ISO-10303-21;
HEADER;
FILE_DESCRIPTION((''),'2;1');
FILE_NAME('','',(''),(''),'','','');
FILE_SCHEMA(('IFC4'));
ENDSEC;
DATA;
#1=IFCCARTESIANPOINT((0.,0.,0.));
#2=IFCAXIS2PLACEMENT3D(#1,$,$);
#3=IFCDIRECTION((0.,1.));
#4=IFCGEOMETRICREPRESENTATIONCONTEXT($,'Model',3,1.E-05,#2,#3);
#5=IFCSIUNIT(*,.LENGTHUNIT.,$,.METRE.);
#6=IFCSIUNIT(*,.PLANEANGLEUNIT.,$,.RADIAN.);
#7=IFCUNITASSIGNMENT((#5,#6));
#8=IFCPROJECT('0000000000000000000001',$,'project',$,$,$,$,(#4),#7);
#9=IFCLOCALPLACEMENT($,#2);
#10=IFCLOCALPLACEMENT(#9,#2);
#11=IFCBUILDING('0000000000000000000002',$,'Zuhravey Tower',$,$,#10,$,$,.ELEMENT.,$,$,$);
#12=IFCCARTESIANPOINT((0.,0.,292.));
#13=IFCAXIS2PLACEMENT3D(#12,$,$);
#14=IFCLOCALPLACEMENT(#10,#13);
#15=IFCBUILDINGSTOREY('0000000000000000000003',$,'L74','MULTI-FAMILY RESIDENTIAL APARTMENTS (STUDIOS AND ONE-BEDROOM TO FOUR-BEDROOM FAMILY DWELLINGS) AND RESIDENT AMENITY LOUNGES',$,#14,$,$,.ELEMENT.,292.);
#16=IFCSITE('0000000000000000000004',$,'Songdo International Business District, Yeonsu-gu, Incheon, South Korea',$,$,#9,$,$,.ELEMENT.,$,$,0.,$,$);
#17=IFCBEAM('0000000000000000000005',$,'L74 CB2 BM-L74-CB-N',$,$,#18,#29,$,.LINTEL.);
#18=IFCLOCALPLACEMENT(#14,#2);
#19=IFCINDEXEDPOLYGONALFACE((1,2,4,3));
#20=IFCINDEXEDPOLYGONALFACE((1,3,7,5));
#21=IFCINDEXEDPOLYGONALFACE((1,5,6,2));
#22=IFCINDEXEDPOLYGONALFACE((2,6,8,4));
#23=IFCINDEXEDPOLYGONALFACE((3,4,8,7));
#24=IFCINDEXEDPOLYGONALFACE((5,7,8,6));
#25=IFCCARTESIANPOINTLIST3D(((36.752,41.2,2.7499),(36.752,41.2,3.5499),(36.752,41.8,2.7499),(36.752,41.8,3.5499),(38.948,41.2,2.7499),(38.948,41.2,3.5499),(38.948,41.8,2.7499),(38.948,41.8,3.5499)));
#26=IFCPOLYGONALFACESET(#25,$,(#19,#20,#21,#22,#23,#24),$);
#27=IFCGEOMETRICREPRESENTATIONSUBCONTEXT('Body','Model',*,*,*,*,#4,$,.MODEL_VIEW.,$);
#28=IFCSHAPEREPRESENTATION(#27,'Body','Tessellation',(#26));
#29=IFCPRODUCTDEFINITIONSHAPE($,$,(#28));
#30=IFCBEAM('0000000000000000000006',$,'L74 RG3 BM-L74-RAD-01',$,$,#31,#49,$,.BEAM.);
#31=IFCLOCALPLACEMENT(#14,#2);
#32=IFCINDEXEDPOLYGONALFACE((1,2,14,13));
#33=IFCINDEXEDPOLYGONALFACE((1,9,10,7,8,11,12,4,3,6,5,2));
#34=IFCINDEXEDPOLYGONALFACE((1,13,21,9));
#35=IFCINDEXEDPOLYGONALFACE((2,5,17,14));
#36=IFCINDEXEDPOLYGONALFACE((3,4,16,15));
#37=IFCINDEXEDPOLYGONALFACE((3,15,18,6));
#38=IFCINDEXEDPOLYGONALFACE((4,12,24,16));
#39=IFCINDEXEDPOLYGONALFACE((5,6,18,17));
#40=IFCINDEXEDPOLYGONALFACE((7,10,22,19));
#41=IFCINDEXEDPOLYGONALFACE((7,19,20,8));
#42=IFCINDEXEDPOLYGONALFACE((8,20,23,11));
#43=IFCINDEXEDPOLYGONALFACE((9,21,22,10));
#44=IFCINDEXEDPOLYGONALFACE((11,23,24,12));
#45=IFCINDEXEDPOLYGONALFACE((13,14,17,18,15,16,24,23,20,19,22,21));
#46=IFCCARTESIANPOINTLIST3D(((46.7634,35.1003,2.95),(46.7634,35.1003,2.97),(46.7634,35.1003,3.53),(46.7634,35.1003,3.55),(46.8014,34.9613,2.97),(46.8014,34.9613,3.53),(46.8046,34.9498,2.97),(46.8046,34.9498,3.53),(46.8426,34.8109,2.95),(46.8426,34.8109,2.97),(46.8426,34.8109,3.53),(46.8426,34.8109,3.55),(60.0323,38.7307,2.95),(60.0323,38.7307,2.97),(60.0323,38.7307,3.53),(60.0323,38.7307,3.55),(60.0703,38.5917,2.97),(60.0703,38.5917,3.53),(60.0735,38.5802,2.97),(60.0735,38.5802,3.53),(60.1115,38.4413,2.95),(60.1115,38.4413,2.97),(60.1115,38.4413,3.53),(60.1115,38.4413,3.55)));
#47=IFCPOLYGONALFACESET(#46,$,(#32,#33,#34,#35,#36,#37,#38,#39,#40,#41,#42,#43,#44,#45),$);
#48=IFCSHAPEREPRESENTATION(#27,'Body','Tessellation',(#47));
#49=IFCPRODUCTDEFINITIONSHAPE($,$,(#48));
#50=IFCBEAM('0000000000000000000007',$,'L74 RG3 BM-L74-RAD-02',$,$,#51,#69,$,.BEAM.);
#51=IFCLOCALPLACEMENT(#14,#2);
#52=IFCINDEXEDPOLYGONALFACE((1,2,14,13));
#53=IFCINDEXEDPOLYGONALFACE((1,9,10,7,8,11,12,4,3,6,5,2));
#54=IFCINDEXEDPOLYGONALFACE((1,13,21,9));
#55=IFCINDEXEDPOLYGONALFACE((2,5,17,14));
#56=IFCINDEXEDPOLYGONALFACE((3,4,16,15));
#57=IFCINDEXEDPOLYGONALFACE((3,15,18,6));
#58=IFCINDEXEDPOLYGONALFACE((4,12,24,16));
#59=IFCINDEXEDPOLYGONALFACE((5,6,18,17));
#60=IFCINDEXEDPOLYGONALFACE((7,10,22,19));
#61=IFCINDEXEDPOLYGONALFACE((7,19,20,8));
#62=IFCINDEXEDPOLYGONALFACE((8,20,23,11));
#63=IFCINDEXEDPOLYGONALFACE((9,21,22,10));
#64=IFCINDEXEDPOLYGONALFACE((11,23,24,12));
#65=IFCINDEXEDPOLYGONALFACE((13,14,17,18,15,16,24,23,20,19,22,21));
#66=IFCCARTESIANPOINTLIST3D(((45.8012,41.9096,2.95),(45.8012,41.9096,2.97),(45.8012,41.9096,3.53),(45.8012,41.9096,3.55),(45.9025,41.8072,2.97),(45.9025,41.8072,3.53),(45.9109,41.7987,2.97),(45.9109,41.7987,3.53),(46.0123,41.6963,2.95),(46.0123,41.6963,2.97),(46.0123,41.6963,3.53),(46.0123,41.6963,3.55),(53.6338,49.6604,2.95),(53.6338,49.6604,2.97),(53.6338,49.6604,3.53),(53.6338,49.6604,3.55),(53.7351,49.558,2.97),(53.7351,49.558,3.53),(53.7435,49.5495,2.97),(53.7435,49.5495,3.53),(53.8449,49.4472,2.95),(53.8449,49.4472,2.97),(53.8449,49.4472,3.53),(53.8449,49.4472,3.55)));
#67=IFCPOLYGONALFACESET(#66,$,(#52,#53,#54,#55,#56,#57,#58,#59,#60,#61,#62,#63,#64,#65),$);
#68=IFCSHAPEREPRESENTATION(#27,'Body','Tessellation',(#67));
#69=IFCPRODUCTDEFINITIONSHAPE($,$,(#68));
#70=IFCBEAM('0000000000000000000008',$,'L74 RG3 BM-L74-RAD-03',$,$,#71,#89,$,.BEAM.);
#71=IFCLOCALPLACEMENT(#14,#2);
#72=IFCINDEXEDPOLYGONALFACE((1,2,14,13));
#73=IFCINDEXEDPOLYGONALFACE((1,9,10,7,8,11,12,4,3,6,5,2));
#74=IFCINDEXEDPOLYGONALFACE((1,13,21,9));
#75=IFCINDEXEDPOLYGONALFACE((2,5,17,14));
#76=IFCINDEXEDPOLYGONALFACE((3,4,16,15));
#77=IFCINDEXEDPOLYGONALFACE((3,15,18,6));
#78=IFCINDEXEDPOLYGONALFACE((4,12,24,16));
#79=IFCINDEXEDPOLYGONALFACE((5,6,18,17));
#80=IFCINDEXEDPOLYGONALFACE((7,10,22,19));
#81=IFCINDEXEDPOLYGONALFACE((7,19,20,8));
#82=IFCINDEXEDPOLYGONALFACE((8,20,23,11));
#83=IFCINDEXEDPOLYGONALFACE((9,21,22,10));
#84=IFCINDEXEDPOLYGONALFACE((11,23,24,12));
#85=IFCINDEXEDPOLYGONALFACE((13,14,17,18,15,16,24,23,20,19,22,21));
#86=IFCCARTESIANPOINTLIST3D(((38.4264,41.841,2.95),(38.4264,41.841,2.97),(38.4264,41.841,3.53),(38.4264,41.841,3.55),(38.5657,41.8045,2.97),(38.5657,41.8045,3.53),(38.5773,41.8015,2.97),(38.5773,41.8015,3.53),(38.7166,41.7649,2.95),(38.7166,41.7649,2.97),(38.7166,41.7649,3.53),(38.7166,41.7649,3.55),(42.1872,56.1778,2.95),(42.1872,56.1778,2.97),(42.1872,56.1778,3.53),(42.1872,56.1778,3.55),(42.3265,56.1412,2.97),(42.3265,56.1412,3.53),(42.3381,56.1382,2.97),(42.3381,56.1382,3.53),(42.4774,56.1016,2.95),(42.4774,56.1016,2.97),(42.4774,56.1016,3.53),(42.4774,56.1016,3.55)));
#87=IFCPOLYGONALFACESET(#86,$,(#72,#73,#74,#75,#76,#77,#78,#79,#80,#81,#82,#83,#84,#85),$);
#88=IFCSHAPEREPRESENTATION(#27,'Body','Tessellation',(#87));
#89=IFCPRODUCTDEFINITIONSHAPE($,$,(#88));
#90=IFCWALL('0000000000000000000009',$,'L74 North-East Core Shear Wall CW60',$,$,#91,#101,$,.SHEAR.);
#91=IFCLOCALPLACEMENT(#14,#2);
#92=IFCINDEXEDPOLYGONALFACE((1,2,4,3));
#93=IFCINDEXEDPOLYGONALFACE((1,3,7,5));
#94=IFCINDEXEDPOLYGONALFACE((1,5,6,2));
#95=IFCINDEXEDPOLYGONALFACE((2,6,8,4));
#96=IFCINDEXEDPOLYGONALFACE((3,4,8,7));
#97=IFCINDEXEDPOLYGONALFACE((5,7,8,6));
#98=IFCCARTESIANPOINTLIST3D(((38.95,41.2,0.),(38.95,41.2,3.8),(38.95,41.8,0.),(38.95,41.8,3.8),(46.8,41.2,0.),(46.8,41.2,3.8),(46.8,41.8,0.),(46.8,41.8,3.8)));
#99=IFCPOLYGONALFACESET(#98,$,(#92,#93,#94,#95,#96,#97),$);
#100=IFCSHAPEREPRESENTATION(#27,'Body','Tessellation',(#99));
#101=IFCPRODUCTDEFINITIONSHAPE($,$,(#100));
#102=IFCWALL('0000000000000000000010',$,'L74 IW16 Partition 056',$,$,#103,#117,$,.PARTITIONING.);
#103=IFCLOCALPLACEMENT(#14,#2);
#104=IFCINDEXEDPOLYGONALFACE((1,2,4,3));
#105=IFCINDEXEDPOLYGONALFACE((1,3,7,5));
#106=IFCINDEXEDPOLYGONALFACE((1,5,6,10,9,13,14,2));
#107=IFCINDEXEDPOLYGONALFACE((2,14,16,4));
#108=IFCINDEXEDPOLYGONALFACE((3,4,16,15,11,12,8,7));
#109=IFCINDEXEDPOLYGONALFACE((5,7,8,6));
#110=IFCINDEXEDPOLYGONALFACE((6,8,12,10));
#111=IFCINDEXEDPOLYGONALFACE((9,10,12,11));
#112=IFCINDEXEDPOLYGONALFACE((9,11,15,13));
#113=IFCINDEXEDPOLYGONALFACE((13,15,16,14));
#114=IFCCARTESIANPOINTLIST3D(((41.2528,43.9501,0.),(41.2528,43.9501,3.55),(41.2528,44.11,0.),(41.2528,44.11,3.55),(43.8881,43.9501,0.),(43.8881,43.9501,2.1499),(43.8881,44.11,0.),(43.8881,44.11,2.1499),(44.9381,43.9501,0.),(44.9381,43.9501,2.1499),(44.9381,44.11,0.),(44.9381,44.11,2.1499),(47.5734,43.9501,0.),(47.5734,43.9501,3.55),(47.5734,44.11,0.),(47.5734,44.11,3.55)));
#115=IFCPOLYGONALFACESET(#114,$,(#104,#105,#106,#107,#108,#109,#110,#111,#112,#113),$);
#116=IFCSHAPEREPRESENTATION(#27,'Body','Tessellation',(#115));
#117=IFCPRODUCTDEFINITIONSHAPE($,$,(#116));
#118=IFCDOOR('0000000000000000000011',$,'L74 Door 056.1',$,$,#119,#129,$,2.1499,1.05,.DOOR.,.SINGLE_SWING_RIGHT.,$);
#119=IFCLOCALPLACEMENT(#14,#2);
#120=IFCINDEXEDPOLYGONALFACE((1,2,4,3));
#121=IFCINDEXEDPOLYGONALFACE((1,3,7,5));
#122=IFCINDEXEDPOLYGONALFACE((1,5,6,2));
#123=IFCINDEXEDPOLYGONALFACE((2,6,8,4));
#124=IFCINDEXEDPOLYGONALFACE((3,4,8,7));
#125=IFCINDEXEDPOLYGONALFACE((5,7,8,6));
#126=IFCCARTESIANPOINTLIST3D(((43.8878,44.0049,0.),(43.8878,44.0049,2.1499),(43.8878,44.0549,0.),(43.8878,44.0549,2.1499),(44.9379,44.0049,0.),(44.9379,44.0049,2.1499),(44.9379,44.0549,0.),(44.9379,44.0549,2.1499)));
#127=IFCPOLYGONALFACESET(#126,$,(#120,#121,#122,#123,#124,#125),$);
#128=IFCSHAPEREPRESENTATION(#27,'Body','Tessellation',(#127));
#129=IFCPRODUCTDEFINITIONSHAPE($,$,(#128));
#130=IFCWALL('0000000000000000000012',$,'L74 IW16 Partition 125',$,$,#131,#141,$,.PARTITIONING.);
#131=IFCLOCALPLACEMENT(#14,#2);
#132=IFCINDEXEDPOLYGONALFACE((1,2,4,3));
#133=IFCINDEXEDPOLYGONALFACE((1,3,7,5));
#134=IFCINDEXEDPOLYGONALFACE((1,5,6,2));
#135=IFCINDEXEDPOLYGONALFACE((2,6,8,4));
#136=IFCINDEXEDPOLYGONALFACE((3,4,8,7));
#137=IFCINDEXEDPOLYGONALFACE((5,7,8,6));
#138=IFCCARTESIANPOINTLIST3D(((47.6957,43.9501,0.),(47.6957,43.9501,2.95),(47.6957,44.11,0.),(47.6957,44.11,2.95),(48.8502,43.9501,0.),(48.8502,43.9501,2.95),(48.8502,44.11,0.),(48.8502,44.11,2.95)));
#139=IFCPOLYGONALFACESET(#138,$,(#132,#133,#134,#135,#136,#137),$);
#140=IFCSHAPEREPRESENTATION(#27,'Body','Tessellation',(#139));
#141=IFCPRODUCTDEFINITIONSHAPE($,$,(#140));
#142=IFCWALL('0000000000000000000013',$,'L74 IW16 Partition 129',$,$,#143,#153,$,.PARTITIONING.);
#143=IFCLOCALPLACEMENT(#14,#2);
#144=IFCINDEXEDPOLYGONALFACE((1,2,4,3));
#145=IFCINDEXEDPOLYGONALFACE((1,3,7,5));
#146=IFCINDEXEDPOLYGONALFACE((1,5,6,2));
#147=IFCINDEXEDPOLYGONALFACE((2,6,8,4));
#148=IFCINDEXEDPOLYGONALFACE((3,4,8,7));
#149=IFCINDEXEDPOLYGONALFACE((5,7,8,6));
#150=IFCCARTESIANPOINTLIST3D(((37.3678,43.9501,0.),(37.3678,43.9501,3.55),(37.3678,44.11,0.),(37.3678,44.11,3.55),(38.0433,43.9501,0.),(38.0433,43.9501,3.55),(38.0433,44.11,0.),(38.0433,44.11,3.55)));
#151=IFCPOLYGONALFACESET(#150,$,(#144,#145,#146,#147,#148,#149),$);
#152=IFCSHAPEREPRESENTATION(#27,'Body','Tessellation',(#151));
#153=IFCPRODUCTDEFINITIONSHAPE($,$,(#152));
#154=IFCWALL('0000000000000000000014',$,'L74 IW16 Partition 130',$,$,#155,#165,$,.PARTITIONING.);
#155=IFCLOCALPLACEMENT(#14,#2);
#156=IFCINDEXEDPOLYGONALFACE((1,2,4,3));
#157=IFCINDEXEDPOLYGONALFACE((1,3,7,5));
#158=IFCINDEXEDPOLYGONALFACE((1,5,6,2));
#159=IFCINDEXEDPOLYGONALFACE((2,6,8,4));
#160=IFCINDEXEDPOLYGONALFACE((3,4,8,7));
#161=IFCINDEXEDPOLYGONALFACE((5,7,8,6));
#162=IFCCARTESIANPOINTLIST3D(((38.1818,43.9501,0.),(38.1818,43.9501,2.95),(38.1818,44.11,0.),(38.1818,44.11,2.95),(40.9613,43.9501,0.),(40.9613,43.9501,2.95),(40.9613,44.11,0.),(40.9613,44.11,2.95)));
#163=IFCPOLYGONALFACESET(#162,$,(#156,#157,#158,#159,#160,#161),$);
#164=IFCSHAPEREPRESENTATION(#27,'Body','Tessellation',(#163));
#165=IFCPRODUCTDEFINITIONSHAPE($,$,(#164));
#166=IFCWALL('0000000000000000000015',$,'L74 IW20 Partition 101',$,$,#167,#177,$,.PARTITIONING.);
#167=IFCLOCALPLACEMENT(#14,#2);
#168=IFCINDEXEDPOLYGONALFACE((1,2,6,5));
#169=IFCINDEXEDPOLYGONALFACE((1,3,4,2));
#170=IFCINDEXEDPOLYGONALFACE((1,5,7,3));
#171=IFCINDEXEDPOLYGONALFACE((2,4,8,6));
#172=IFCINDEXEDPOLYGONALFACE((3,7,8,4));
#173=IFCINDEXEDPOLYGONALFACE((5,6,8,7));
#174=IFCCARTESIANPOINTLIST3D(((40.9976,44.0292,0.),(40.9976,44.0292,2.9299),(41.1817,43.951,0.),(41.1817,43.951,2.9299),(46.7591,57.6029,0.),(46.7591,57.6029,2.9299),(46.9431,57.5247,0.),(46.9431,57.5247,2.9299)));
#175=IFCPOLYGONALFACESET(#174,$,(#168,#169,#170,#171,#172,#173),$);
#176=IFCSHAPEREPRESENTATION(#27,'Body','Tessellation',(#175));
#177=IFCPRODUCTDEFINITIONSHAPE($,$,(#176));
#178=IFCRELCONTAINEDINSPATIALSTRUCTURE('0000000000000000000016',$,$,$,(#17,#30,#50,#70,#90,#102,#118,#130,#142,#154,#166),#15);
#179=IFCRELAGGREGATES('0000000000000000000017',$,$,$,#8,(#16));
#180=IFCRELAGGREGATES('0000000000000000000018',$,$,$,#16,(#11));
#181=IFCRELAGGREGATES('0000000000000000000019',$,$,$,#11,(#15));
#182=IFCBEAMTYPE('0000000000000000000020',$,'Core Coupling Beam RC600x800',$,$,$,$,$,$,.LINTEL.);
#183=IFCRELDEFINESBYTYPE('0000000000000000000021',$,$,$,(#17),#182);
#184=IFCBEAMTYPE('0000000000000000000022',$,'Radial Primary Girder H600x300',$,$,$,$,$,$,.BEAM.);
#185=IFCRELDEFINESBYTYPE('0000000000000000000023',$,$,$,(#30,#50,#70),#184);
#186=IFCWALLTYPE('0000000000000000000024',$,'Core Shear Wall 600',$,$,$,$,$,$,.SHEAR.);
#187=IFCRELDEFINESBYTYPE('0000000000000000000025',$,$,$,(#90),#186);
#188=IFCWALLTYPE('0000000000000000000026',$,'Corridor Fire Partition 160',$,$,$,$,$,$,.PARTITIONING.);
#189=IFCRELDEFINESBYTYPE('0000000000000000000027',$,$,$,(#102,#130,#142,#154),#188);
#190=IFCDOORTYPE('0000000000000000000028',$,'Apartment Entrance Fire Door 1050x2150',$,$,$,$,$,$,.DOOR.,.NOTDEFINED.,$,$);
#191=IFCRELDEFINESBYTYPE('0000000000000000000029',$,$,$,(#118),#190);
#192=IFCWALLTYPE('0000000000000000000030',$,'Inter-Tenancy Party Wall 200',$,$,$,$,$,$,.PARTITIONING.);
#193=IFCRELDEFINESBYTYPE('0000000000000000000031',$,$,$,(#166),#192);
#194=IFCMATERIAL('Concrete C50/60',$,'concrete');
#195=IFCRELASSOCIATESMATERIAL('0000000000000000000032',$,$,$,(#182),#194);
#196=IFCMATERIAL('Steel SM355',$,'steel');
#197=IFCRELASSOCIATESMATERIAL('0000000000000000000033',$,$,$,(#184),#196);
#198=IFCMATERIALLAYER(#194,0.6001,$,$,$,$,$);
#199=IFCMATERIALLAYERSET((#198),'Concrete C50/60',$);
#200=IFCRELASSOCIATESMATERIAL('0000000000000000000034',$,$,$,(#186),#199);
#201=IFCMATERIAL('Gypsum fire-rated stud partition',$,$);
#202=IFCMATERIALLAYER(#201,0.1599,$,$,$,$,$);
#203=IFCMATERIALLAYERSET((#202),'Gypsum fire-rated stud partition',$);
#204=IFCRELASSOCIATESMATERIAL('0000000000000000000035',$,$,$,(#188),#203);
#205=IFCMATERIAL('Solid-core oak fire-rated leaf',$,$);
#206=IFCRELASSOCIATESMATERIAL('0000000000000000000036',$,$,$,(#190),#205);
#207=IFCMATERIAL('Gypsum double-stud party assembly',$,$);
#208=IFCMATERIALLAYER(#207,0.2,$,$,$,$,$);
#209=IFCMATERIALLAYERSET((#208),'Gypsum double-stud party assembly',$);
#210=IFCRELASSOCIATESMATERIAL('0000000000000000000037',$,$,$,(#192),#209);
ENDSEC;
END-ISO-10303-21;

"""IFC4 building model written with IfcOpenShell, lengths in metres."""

from ifc_helpers import new_model, si_unit, direction, frame, frame_2d, origin, origin_2d, place, context, subcontext, project, spatial, rectangle, i_section, extrude, material, layer, layer_set, material_profile, profile_set, type_object, element, fill, save


model = new_model("IFC4")

# Units and contexts
model_context = context("Model", 3, precision=1e-05, world=origin(), true_north=direction((0.0, 1.0)))
body_context = subcontext(model_context, "Body", "Model", "MODEL_VIEW")
ifc_project = project(units=[si_unit("LENGTHUNIT", "METRE"), si_unit("PLANEANGLEUNIT", "RADIAN")], contexts=[model_context])

# Site, building, storey
site_placement = place(None, origin())
site = spatial("IfcSite", under=ifc_project, at=site_placement, Name="Songdo International Business District, Yeonsu-gu, Incheon, South Korea", CompositionType="ELEMENT", RefElevation=0.0)
building_placement = place(site_placement, origin())
building = spatial("IfcBuilding", under=site, at=building_placement, Name="Zuhravey Tower", CompositionType="ELEMENT")
storey_placement = place(building_placement, frame((0.0, 0.0, 292.0)))
storey = spatial("IfcBuildingStorey", under=building, at=storey_placement, Name="L74", Description="MULTI-FAMILY RESIDENTIAL APARTMENTS (STUDIOS AND ONE-BEDROOM TO FOUR-BEDROOM FAMILY DWELLINGS) AND RESIDENT AMENITY LOUNGES", CompositionType="ELEMENT", Elevation=292.0)

# Beams
ifc_material_1 = material(Name="Concrete C50/60", Category="concrete")
ifc_material_profile_1 = material_profile(ifc_material_1, rectangle(XDim=0.6001, YDim=0.8, at=origin_2d()), Name="RC-600x800")
ifc_profile_set_1 = profile_set([ifc_material_profile_1], Name="Concrete C50/60")
beam_type_1 = type_object("IfcBeamType", Name="Core Coupling Beam RC600x800", PredefinedType="LINTEL", material=ifc_profile_set_1)
beam_1_placement = place(storey_placement, frame((36.752, 41.5, 3.1499), z_axis=(1.0, 0.0, 0.0), x_axis=(0.0, 1.0, 0.0)))
element("IfcBeam", 1, at=beam_1_placement, inside=storey, type_object=beam_type_1, Name="L74 CB2 BM-L74-CB-N", PredefinedType="LINTEL", context=body_context, shape_type="SweptSolid", body=[
    extrude(rectangle(XDim=0.6001, YDim=0.8, at=origin_2d()), origin(), (0.0, 0.0, 1.0), 2.196),
])
ifc_material_2 = material(Name="Steel SM355", Category="steel")
ifc_material_profile_2 = material_profile(ifc_material_2, i_section(OverallWidth=0.3, OverallDepth=0.6001, WebThickness=0.012, FlangeThickness=0.02, at=origin_2d()), Name="H-600x300x12x20")
ifc_profile_set_2 = profile_set([ifc_material_profile_2], Name="Steel SM355")
beam_type_2 = type_object("IfcBeamType", Name="Radial Primary Girder H600x300", PredefinedType="BEAM", material=ifc_profile_set_2)
beam_2_placement = place(storey_placement, frame((46.803, 34.9556, 3.25), z_axis=(0.964549, 0.263903, 0.0), x_axis=(-0.263903, 0.964549, 0.0)))
element("IfcBeam", 2, at=beam_2_placement, inside=storey, type_object=beam_type_2, Name="L74 RG3 BM-L74-RAD-01", PredefinedType="BEAM", context=body_context, shape_type="SweptSolid", body=[
    extrude(i_section(OverallWidth=0.3, OverallDepth=0.6001, WebThickness=0.012, FlangeThickness=0.02, at=origin_2d()), origin(), (0.0, 0.0, 1.0), 13.7566),
])
beam_3_placement = place(storey_placement, frame((45.9067, 41.803, 3.25), z_axis=(0.710808, 0.703386, 0.0), x_axis=(-0.703386, 0.710808, 0.0)))
element("IfcBeam", 3, at=beam_3_placement, inside=storey, type_object=beam_type_2, Name="L74 RG3 BM-L74-RAD-02", PredefinedType="BEAM", context=body_context, shape_type="SweptSolid", body=[
    extrude(i_section(OverallWidth=0.3, OverallDepth=0.6001, WebThickness=0.012, FlangeThickness=0.02, at=origin_2d()), origin(), (0.0, 0.0, 1.0), 11.0193),
])
beam_4_placement = place(storey_placement, frame((38.5715, 41.803, 3.25), z_axis=(0.253732, 0.967275, 0.0), x_axis=(-0.967275, 0.253732, 0.0)))
element("IfcBeam", 4, at=beam_4_placement, inside=storey, type_object=beam_type_2, Name="L74 RG3 BM-L74-RAD-03", PredefinedType="BEAM", context=body_context, shape_type="SweptSolid", body=[
    extrude(i_section(OverallWidth=0.3, OverallDepth=0.6001, WebThickness=0.012, FlangeThickness=0.02, at=origin_2d()), origin(), (0.0, 0.0, 1.0), 14.8218),
])

# Wall
ifc_layer_1 = layer(ifc_material_1, 0.6001)
ifc_layer_set_1 = layer_set([ifc_layer_1], Name="Concrete C50/60")
wall_type_1 = type_object("IfcWallType", Name="Core Shear Wall 600", PredefinedType="SHEAR", material=ifc_layer_set_1)
wall_1_placement = place(storey_placement, frame((46.8, 41.5, 0.0), z_axis=(0.0, 0.0, 1.0), x_axis=(-1.0, 0.0, 0.0)))
element("IfcWall", 5, at=wall_1_placement, inside=storey, type_object=wall_type_1, Name="L74 North-East Core Shear Wall CW60", PredefinedType="SHEAR", context=body_context, shape_type="SweptSolid", body=[
    extrude(rectangle(XDim=7.8501, YDim=0.6001, at=frame_2d((3.925, 0.0))), origin(), (0.0, 0.0, 1.0), 3.8),
])

# Wall, opening, door
ifc_material_3 = material(Name="Gypsum fire-rated stud partition")
ifc_layer_2 = layer(ifc_material_3, 0.1599)
ifc_layer_set_2 = layer_set([ifc_layer_2], Name="Gypsum fire-rated stud partition")
wall_type_2 = type_object("IfcWallType", Name="Corridor Fire Partition 160", PredefinedType="PARTITIONING", material=ifc_layer_set_2)
wall_2_placement = place(storey_placement, frame((47.5732, 44.03, 0.0), z_axis=(0.0, 0.0, 1.0), x_axis=(-1.0, 0.0, 0.0)))
wall_2 = element("IfcWall", 6, at=wall_2_placement, inside=storey, type_object=wall_type_2, Name="L74 IW16 Partition 056", PredefinedType="PARTITIONING", context=body_context, shape_type="SweptSolid", body=[
    extrude(rectangle(XDim=6.3206, YDim=0.1599, at=frame_2d((3.1602, 0.0))), origin(), (0.0, 0.0, 1.0), 3.55),
])
opening_1_placement = place(wall_2_placement, frame((2.6353, 0.0, 0.0)))
opening_1 = element("IfcOpeningElement", 7, at=opening_1_placement, cuts=wall_2, PredefinedType="OPENING", context=body_context, shape_type="SweptSolid", body=[
    extrude(rectangle(XDim=1.05, YDim=2.1499, at=frame_2d((0.5249, 1.075))), frame((0.0, 0.092, 0.0), z_axis=(0.0, -1.0, 0.0), x_axis=(1.0, 0.0, 0.0)), (0.0, 0.0, 1.0), 0.1838),
])
ifc_material_4 = material(Name="Solid-core oak fire-rated leaf")
door_type_1 = type_object("IfcDoorType", Name="Apartment Entrance Fire Door 1050x2150", OperationType="NOTDEFINED", PredefinedType="DOOR", material=ifc_material_4)
door_1_placement = place(opening_1_placement, frame((1.05, 0.0, 0.0), z_axis=(0.0, 0.0, 1.0), x_axis=(-1.0, 0.0, 0.0)))
door_1 = element("IfcDoor", 8, at=door_1_placement, inside=storey, type_object=door_type_1, Name="L74 Door 056.1", OperationType="SINGLE_SWING_RIGHT", OverallHeight=2.1499, OverallWidth=1.05, PredefinedType="DOOR", context=body_context, shape_type="SweptSolid", body=[
    extrude(rectangle(XDim=1.05, YDim=2.1499, at=frame_2d((0.5249, 1.075))), frame((0.0, 0.0249, 0.0), z_axis=(0.0, -1.0, 0.0), x_axis=(1.0, 0.0, 0.0)), (0.0, 0.0, 1.0), 0.05),
])
fill(opening_1, door_1)

# Walls
wall_3_placement = place(storey_placement, frame((48.8501, 44.03, 0.0), z_axis=(0.0, 0.0, 1.0), x_axis=(-1.0, 0.0, 0.0)))
element("IfcWall", 9, at=wall_3_placement, inside=storey, type_object=wall_type_2, Name="L74 IW16 Partition 125", PredefinedType="PARTITIONING", context=body_context, shape_type="SweptSolid", body=[
    extrude(rectangle(XDim=1.1545, YDim=0.1599, at=frame_2d((0.5771, 0.0))), origin(), (0.0, 0.0, 1.0), 2.95),
])
wall_4_placement = place(storey_placement, frame((38.0435, 44.03, 0.0), z_axis=(0.0, 0.0, 1.0), x_axis=(-1.0, 0.0, 0.0)))
element("IfcWall", 10, at=wall_4_placement, inside=storey, type_object=wall_type_2, Name="L74 IW16 Partition 129", PredefinedType="PARTITIONING", context=body_context, shape_type="SweptSolid", body=[
    extrude(rectangle(XDim=0.6755, YDim=0.1599, at=frame_2d((0.3379, 0.0))), origin(), (0.0, 0.0, 1.0), 3.55),
])
wall_5_placement = place(storey_placement, frame((40.9612, 44.03, 0.0), z_axis=(0.0, 0.0, 1.0), x_axis=(-1.0, 0.0, 0.0)))
element("IfcWall", 11, at=wall_5_placement, inside=storey, type_object=wall_type_2, Name="L74 IW16 Partition 130", PredefinedType="PARTITIONING", context=body_context, shape_type="SweptSolid", body=[
    extrude(rectangle(XDim=2.7795, YDim=0.1599, at=frame_2d((1.3896, 0.0))), origin(), (0.0, 0.0, 1.0), 2.95),
])

# Wall
ifc_material_5 = material(Name="Gypsum double-stud party assembly")
ifc_layer_3 = layer(ifc_material_5, 0.2)
ifc_layer_set_3 = layer_set([ifc_layer_3], Name="Gypsum double-stud party assembly")
wall_type_3 = type_object("IfcWallType", Name="Inter-Tenancy Party Wall 200", PredefinedType="PARTITIONING", material=ifc_layer_set_3)
wall_6_placement = place(storey_placement, frame((41.0896, 43.99, 0.0), z_axis=(0.0, 0.0, 1.0), x_axis=(0.390718, 0.920511, 0.0)))
element("IfcWall", 12, at=wall_6_placement, inside=storey, type_object=wall_type_3, Name="L74 IW20 Partition 101", PredefinedType="PARTITIONING", context=body_context, shape_type="SweptSolid", body=[
    extrude(rectangle(XDim=14.7458, YDim=0.2, at=frame_2d((7.373, 0.0))), origin(), (0.0, 0.0, 1.0), 2.9299),
])

save(model, "model.ifc")
